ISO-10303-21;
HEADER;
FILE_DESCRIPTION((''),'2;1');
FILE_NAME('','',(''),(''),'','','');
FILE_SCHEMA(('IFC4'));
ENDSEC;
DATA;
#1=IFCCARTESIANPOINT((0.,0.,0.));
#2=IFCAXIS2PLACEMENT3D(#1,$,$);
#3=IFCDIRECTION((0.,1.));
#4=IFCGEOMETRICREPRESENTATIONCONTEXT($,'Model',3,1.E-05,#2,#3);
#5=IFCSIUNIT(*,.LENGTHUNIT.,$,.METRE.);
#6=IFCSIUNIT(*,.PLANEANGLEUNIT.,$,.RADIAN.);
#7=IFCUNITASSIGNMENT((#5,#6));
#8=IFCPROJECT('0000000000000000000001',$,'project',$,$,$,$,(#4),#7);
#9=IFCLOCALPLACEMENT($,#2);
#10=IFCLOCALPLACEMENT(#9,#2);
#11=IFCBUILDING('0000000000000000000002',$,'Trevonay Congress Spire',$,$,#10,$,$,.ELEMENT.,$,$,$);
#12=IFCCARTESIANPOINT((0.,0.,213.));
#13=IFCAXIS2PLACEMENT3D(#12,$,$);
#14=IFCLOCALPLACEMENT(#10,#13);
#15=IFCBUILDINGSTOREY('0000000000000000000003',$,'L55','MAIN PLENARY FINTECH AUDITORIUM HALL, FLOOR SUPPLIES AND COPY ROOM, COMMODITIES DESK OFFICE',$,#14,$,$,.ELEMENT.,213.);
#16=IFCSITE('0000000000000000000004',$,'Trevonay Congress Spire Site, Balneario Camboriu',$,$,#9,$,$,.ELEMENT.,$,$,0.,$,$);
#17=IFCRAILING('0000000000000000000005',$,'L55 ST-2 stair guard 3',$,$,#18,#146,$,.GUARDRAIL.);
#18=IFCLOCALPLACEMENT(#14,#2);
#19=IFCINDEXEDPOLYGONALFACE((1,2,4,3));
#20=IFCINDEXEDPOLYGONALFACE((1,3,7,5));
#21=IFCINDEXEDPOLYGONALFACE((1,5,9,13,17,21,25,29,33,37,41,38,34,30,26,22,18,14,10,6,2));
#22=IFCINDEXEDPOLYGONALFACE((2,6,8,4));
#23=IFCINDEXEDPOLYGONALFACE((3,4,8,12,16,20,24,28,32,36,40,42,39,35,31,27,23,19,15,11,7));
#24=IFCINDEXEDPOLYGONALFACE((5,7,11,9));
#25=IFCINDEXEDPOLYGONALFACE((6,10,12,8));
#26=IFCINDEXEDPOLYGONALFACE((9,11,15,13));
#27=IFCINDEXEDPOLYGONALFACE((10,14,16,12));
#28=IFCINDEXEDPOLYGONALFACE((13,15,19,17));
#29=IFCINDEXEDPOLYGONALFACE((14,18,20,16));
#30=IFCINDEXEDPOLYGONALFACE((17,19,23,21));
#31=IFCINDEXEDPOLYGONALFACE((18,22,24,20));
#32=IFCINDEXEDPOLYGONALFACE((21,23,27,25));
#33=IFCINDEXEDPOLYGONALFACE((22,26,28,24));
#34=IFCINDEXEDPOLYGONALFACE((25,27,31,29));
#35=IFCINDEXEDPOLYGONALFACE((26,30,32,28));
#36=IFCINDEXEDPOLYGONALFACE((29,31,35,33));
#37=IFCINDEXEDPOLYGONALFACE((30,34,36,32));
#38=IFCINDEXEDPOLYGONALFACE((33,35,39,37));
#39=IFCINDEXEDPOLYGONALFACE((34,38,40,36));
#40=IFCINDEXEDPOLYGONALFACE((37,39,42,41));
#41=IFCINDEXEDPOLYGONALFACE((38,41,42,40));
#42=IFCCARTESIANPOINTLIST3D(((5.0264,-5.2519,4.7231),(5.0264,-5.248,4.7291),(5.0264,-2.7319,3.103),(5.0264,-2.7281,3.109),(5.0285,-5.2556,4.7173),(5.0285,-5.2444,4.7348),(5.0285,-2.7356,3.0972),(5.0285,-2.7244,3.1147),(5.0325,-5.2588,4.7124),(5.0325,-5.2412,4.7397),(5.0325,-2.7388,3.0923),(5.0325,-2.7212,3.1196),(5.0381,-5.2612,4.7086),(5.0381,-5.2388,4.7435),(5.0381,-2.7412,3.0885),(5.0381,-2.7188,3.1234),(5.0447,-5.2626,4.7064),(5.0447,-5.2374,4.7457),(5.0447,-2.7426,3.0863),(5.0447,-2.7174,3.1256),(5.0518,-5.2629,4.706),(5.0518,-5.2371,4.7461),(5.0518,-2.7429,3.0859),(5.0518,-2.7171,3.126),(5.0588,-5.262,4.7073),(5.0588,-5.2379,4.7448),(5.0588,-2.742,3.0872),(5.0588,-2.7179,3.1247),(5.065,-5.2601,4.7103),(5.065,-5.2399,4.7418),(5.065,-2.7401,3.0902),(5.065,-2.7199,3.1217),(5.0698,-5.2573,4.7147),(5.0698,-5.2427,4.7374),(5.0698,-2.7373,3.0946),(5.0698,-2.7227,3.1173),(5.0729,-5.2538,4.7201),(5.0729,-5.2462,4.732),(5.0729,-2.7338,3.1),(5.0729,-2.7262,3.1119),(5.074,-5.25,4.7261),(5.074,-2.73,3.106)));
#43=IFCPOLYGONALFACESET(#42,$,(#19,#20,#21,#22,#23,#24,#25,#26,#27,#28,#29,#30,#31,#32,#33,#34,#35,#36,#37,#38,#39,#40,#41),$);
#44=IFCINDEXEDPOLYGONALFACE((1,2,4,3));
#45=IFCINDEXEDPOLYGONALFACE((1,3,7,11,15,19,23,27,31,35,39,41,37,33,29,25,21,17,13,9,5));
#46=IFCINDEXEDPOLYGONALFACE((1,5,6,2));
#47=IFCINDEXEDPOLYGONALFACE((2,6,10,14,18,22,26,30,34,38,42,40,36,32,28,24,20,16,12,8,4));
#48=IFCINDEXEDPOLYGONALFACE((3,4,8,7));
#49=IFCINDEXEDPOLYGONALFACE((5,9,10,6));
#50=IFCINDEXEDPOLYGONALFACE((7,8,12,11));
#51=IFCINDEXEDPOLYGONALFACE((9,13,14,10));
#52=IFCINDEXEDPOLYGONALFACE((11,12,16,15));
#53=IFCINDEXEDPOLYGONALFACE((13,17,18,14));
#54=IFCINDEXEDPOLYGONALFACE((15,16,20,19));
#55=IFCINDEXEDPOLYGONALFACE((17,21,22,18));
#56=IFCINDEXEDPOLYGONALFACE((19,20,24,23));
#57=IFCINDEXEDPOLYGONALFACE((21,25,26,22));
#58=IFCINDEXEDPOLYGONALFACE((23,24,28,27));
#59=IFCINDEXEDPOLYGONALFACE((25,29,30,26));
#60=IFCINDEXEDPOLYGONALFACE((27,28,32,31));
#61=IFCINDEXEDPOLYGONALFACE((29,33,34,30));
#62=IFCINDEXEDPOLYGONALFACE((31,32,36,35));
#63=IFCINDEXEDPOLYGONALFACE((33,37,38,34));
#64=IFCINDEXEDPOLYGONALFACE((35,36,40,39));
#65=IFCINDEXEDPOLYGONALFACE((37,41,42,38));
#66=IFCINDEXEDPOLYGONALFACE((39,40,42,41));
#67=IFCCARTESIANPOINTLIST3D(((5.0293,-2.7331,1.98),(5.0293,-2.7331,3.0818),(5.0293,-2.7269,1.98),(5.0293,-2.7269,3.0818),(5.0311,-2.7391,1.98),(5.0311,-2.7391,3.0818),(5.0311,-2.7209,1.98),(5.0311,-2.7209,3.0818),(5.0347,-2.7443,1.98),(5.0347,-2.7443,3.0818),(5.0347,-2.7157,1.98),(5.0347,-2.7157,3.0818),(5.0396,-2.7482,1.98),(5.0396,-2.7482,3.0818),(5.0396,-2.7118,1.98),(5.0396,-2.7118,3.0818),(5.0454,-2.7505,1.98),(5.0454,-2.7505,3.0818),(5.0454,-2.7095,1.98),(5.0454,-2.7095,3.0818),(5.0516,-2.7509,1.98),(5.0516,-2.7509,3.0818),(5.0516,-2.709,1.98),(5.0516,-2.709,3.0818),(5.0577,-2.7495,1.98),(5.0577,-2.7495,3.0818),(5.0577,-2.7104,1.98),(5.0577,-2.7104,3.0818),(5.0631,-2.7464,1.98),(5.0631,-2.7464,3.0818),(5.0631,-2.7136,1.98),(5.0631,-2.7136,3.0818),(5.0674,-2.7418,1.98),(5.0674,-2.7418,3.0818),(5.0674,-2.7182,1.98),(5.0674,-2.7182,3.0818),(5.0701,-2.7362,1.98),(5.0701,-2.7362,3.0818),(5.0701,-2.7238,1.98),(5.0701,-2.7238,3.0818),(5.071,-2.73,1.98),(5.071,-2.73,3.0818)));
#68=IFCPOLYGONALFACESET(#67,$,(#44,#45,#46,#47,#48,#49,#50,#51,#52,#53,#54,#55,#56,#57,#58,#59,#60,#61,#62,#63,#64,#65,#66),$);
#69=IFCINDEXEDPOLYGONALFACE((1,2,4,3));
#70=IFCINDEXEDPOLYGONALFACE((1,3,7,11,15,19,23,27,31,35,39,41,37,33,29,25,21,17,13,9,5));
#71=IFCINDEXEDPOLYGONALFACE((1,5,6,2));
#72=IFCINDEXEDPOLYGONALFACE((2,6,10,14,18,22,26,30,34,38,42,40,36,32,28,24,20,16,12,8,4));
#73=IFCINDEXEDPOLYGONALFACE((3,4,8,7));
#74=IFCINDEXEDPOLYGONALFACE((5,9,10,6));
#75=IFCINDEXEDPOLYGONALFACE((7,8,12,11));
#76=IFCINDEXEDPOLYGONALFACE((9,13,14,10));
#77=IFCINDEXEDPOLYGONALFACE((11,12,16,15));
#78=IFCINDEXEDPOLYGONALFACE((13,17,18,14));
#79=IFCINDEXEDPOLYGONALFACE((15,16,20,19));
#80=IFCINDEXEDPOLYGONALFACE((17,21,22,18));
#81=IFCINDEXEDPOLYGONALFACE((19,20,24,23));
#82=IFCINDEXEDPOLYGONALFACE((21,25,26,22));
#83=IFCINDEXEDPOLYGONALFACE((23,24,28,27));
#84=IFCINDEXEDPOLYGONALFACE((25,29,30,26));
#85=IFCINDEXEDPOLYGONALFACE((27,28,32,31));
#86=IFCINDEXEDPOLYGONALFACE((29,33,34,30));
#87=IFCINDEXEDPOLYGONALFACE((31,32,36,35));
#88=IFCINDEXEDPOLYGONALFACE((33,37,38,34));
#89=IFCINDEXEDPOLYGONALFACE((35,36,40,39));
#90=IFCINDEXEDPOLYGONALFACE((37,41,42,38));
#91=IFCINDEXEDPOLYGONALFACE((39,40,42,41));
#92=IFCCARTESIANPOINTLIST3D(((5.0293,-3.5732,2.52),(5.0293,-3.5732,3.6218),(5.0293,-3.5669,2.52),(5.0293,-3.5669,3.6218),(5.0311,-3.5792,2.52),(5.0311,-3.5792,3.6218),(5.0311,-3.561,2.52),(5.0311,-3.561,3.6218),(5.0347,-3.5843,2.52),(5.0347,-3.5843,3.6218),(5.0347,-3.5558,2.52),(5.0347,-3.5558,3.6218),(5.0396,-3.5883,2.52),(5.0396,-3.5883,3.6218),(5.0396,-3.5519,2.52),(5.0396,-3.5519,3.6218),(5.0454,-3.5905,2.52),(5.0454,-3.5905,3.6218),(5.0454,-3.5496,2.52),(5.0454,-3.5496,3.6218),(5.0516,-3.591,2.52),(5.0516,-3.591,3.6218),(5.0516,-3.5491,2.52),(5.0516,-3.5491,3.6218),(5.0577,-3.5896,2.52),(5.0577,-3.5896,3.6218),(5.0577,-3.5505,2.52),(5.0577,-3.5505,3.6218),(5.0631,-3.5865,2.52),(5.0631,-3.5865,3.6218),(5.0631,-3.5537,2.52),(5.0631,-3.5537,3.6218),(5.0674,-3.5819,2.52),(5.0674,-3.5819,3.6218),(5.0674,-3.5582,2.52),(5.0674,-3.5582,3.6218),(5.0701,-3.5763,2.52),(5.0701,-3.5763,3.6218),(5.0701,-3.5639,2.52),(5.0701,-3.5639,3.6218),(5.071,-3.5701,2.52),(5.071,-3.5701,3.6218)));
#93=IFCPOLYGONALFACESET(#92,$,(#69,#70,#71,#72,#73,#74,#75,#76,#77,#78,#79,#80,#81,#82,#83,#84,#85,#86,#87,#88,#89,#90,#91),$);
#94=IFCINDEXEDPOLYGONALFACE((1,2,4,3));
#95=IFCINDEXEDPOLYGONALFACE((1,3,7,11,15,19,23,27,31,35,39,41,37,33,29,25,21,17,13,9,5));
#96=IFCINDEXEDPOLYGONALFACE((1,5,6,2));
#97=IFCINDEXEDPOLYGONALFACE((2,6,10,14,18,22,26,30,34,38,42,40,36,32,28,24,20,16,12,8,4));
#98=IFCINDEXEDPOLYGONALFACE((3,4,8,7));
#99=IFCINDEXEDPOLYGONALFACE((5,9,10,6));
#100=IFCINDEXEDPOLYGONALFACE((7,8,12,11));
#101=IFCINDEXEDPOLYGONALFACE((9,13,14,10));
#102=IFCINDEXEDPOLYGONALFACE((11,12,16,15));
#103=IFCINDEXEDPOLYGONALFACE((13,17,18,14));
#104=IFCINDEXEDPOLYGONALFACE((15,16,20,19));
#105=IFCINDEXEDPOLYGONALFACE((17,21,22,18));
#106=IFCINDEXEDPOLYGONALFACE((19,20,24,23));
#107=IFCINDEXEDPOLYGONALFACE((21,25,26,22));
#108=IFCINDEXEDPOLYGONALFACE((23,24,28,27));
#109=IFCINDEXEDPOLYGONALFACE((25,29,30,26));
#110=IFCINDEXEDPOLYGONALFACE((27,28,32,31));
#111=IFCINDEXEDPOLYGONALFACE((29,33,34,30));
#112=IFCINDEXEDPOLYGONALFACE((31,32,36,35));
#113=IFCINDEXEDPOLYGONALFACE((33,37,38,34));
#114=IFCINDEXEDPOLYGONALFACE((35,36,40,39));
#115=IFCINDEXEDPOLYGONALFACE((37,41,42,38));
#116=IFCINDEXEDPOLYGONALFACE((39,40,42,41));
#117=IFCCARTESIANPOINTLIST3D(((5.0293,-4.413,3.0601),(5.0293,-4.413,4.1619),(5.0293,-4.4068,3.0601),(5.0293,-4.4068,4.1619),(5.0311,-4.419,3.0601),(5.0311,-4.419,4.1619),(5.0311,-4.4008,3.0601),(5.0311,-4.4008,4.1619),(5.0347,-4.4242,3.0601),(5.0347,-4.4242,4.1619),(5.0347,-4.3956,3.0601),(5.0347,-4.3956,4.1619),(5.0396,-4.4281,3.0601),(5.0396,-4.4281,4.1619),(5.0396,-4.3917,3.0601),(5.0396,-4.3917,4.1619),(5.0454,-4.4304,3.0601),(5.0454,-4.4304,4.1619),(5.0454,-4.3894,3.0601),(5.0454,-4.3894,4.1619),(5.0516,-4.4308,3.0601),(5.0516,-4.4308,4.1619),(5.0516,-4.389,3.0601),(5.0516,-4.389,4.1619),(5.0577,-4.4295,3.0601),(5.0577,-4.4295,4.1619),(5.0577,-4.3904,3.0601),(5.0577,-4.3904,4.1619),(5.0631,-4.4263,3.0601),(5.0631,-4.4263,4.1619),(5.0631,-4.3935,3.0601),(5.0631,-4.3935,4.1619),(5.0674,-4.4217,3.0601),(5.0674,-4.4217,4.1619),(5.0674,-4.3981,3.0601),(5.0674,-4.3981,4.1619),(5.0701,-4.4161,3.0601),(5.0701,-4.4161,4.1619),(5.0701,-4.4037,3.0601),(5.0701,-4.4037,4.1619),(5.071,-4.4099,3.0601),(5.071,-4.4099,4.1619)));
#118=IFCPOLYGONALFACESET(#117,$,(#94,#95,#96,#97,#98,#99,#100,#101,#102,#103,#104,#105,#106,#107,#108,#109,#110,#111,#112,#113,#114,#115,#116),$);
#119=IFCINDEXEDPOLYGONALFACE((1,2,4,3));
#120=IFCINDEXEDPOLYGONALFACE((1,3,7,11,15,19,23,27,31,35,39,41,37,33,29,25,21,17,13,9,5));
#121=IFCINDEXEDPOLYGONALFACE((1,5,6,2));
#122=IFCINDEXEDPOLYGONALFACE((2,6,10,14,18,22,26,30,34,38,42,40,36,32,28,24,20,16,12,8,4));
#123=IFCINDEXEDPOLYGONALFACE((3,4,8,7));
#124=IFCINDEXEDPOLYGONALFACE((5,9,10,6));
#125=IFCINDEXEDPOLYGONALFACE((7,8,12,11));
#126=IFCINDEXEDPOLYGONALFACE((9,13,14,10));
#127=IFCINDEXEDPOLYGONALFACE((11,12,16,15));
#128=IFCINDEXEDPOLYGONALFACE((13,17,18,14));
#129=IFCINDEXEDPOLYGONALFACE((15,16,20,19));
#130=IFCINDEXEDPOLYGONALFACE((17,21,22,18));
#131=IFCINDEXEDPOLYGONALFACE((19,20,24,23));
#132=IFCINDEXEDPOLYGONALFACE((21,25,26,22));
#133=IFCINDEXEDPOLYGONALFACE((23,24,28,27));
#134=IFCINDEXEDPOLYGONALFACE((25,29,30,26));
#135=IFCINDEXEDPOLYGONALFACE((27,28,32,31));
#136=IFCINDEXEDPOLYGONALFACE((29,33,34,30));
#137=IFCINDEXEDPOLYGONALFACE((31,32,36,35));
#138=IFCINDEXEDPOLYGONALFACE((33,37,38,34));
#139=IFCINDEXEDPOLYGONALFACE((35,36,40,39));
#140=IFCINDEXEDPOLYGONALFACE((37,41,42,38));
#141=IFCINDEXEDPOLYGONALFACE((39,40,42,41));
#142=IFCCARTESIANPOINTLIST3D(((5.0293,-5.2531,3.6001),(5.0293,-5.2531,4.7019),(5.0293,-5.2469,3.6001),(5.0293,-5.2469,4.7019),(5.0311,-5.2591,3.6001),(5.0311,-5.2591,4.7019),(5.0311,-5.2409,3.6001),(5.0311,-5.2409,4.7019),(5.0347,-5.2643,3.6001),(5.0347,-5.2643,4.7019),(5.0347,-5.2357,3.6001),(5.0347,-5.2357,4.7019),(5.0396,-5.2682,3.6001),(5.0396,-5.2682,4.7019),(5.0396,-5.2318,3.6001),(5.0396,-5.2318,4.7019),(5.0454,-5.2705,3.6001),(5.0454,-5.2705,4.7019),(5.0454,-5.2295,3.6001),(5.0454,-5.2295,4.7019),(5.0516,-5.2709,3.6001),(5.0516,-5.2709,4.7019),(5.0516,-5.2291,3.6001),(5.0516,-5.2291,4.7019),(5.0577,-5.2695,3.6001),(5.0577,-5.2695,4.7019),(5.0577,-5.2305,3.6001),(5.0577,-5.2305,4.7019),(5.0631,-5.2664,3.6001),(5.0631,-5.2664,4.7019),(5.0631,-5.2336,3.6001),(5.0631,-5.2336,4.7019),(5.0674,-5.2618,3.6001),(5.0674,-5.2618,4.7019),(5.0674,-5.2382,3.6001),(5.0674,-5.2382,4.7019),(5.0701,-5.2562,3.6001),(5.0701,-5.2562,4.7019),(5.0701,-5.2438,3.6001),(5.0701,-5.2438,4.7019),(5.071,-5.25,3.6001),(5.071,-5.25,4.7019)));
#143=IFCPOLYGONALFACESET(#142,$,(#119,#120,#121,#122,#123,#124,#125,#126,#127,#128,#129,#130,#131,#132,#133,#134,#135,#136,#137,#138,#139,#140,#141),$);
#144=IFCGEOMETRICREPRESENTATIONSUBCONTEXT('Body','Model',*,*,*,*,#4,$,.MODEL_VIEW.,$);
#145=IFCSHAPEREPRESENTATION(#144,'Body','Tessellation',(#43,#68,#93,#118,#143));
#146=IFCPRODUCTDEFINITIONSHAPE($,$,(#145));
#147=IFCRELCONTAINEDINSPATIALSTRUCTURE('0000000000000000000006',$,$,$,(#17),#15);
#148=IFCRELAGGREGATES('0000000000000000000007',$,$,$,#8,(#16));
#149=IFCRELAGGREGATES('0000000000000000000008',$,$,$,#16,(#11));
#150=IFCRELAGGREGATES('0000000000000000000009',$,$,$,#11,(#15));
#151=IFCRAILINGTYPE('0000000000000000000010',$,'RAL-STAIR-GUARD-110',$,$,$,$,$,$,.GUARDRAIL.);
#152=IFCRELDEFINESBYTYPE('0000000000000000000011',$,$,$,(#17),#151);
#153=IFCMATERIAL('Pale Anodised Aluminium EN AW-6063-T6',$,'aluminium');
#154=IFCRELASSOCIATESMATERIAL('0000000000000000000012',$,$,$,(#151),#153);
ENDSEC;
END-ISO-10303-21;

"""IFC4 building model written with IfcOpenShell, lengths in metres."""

from ifc_helpers import new_model, si_unit, direction, frame, origin, origin_2d, place, context, subcontext, project, spatial, circle, extrude, material, type_object, element, save


model = new_model("IFC4")

# Units and contexts
model_context = context("Model", 3, precision=1e-05, world=origin(), true_north=direction((0.0, 1.0)))
body_context = subcontext(model_context, "Body", "Model", "MODEL_VIEW")
ifc_project = project(units=[si_unit("LENGTHUNIT", "METRE"), si_unit("PLANEANGLEUNIT", "RADIAN")], contexts=[model_context])

# Site, building, storey
site_placement = place(None, origin())
site = spatial("IfcSite", under=ifc_project, at=site_placement, Name="Trevonay Congress Spire Site, Balneario Camboriu", CompositionType="ELEMENT", RefElevation=0.0)
building_placement = place(site_placement, origin())
building = spatial("IfcBuilding", under=site, at=building_placement, Name="Trevonay Congress Spire", CompositionType="ELEMENT")
storey_placement = place(building_placement, frame((0.0, 0.0, 213.0)))
storey = spatial("IfcBuildingStorey", under=building, at=storey_placement, Name="L55", Description="MAIN PLENARY FINTECH AUDITORIUM HALL, FLOOR SUPPLIES AND COPY ROOM, COMMODITIES DESK OFFICE", CompositionType="ELEMENT", Elevation=213.0)

# Railing
ifc_material_1 = material(Name="Pale Anodised Aluminium EN AW-6063-T6", Category="aluminium")
railing_type_1 = type_object("IfcRailingType", Name="RAL-STAIR-GUARD-110", PredefinedType="GUARDRAIL", material=ifc_material_1)
railing_1_placement = place(storey_placement, frame((5.05, -2.73, 1.98)))
element("IfcRailing", 1, at=railing_1_placement, inside=storey, type_object=railing_type_1, Name="L55 ST-2 stair guard 3", PredefinedType="GUARDRAIL", context=body_context, shape_type="SweptSolid", body=[
    extrude(circle(Radius=0.0239, at=origin_2d()), frame((0.0, 0.0, 1.126), z_axis=(0.0, -0.841163, 0.540782), x_axis=(1.0, 0.0, 0.0)), (0.0, 0.0, 1.0), 2.9958),
    extrude(circle(Radius=0.021, at=origin_2d()), origin(), (0.0, 0.0, 1.0), 1.1018),
    extrude(circle(Radius=0.021, at=origin_2d()), frame((0.0, -0.8401, 0.54)), (0.0, 0.0, 1.0), 1.1018),
    extrude(circle(Radius=0.021, at=origin_2d()), frame((0.0, -1.6799, 1.0801)), (0.0, 0.0, 1.0), 1.1018),
    extrude(circle(Radius=0.021, at=origin_2d()), frame((0.0, -2.52, 1.6201)), (0.0, 0.0, 1.0), 1.1018),
])

save(model, "model.ifc")
